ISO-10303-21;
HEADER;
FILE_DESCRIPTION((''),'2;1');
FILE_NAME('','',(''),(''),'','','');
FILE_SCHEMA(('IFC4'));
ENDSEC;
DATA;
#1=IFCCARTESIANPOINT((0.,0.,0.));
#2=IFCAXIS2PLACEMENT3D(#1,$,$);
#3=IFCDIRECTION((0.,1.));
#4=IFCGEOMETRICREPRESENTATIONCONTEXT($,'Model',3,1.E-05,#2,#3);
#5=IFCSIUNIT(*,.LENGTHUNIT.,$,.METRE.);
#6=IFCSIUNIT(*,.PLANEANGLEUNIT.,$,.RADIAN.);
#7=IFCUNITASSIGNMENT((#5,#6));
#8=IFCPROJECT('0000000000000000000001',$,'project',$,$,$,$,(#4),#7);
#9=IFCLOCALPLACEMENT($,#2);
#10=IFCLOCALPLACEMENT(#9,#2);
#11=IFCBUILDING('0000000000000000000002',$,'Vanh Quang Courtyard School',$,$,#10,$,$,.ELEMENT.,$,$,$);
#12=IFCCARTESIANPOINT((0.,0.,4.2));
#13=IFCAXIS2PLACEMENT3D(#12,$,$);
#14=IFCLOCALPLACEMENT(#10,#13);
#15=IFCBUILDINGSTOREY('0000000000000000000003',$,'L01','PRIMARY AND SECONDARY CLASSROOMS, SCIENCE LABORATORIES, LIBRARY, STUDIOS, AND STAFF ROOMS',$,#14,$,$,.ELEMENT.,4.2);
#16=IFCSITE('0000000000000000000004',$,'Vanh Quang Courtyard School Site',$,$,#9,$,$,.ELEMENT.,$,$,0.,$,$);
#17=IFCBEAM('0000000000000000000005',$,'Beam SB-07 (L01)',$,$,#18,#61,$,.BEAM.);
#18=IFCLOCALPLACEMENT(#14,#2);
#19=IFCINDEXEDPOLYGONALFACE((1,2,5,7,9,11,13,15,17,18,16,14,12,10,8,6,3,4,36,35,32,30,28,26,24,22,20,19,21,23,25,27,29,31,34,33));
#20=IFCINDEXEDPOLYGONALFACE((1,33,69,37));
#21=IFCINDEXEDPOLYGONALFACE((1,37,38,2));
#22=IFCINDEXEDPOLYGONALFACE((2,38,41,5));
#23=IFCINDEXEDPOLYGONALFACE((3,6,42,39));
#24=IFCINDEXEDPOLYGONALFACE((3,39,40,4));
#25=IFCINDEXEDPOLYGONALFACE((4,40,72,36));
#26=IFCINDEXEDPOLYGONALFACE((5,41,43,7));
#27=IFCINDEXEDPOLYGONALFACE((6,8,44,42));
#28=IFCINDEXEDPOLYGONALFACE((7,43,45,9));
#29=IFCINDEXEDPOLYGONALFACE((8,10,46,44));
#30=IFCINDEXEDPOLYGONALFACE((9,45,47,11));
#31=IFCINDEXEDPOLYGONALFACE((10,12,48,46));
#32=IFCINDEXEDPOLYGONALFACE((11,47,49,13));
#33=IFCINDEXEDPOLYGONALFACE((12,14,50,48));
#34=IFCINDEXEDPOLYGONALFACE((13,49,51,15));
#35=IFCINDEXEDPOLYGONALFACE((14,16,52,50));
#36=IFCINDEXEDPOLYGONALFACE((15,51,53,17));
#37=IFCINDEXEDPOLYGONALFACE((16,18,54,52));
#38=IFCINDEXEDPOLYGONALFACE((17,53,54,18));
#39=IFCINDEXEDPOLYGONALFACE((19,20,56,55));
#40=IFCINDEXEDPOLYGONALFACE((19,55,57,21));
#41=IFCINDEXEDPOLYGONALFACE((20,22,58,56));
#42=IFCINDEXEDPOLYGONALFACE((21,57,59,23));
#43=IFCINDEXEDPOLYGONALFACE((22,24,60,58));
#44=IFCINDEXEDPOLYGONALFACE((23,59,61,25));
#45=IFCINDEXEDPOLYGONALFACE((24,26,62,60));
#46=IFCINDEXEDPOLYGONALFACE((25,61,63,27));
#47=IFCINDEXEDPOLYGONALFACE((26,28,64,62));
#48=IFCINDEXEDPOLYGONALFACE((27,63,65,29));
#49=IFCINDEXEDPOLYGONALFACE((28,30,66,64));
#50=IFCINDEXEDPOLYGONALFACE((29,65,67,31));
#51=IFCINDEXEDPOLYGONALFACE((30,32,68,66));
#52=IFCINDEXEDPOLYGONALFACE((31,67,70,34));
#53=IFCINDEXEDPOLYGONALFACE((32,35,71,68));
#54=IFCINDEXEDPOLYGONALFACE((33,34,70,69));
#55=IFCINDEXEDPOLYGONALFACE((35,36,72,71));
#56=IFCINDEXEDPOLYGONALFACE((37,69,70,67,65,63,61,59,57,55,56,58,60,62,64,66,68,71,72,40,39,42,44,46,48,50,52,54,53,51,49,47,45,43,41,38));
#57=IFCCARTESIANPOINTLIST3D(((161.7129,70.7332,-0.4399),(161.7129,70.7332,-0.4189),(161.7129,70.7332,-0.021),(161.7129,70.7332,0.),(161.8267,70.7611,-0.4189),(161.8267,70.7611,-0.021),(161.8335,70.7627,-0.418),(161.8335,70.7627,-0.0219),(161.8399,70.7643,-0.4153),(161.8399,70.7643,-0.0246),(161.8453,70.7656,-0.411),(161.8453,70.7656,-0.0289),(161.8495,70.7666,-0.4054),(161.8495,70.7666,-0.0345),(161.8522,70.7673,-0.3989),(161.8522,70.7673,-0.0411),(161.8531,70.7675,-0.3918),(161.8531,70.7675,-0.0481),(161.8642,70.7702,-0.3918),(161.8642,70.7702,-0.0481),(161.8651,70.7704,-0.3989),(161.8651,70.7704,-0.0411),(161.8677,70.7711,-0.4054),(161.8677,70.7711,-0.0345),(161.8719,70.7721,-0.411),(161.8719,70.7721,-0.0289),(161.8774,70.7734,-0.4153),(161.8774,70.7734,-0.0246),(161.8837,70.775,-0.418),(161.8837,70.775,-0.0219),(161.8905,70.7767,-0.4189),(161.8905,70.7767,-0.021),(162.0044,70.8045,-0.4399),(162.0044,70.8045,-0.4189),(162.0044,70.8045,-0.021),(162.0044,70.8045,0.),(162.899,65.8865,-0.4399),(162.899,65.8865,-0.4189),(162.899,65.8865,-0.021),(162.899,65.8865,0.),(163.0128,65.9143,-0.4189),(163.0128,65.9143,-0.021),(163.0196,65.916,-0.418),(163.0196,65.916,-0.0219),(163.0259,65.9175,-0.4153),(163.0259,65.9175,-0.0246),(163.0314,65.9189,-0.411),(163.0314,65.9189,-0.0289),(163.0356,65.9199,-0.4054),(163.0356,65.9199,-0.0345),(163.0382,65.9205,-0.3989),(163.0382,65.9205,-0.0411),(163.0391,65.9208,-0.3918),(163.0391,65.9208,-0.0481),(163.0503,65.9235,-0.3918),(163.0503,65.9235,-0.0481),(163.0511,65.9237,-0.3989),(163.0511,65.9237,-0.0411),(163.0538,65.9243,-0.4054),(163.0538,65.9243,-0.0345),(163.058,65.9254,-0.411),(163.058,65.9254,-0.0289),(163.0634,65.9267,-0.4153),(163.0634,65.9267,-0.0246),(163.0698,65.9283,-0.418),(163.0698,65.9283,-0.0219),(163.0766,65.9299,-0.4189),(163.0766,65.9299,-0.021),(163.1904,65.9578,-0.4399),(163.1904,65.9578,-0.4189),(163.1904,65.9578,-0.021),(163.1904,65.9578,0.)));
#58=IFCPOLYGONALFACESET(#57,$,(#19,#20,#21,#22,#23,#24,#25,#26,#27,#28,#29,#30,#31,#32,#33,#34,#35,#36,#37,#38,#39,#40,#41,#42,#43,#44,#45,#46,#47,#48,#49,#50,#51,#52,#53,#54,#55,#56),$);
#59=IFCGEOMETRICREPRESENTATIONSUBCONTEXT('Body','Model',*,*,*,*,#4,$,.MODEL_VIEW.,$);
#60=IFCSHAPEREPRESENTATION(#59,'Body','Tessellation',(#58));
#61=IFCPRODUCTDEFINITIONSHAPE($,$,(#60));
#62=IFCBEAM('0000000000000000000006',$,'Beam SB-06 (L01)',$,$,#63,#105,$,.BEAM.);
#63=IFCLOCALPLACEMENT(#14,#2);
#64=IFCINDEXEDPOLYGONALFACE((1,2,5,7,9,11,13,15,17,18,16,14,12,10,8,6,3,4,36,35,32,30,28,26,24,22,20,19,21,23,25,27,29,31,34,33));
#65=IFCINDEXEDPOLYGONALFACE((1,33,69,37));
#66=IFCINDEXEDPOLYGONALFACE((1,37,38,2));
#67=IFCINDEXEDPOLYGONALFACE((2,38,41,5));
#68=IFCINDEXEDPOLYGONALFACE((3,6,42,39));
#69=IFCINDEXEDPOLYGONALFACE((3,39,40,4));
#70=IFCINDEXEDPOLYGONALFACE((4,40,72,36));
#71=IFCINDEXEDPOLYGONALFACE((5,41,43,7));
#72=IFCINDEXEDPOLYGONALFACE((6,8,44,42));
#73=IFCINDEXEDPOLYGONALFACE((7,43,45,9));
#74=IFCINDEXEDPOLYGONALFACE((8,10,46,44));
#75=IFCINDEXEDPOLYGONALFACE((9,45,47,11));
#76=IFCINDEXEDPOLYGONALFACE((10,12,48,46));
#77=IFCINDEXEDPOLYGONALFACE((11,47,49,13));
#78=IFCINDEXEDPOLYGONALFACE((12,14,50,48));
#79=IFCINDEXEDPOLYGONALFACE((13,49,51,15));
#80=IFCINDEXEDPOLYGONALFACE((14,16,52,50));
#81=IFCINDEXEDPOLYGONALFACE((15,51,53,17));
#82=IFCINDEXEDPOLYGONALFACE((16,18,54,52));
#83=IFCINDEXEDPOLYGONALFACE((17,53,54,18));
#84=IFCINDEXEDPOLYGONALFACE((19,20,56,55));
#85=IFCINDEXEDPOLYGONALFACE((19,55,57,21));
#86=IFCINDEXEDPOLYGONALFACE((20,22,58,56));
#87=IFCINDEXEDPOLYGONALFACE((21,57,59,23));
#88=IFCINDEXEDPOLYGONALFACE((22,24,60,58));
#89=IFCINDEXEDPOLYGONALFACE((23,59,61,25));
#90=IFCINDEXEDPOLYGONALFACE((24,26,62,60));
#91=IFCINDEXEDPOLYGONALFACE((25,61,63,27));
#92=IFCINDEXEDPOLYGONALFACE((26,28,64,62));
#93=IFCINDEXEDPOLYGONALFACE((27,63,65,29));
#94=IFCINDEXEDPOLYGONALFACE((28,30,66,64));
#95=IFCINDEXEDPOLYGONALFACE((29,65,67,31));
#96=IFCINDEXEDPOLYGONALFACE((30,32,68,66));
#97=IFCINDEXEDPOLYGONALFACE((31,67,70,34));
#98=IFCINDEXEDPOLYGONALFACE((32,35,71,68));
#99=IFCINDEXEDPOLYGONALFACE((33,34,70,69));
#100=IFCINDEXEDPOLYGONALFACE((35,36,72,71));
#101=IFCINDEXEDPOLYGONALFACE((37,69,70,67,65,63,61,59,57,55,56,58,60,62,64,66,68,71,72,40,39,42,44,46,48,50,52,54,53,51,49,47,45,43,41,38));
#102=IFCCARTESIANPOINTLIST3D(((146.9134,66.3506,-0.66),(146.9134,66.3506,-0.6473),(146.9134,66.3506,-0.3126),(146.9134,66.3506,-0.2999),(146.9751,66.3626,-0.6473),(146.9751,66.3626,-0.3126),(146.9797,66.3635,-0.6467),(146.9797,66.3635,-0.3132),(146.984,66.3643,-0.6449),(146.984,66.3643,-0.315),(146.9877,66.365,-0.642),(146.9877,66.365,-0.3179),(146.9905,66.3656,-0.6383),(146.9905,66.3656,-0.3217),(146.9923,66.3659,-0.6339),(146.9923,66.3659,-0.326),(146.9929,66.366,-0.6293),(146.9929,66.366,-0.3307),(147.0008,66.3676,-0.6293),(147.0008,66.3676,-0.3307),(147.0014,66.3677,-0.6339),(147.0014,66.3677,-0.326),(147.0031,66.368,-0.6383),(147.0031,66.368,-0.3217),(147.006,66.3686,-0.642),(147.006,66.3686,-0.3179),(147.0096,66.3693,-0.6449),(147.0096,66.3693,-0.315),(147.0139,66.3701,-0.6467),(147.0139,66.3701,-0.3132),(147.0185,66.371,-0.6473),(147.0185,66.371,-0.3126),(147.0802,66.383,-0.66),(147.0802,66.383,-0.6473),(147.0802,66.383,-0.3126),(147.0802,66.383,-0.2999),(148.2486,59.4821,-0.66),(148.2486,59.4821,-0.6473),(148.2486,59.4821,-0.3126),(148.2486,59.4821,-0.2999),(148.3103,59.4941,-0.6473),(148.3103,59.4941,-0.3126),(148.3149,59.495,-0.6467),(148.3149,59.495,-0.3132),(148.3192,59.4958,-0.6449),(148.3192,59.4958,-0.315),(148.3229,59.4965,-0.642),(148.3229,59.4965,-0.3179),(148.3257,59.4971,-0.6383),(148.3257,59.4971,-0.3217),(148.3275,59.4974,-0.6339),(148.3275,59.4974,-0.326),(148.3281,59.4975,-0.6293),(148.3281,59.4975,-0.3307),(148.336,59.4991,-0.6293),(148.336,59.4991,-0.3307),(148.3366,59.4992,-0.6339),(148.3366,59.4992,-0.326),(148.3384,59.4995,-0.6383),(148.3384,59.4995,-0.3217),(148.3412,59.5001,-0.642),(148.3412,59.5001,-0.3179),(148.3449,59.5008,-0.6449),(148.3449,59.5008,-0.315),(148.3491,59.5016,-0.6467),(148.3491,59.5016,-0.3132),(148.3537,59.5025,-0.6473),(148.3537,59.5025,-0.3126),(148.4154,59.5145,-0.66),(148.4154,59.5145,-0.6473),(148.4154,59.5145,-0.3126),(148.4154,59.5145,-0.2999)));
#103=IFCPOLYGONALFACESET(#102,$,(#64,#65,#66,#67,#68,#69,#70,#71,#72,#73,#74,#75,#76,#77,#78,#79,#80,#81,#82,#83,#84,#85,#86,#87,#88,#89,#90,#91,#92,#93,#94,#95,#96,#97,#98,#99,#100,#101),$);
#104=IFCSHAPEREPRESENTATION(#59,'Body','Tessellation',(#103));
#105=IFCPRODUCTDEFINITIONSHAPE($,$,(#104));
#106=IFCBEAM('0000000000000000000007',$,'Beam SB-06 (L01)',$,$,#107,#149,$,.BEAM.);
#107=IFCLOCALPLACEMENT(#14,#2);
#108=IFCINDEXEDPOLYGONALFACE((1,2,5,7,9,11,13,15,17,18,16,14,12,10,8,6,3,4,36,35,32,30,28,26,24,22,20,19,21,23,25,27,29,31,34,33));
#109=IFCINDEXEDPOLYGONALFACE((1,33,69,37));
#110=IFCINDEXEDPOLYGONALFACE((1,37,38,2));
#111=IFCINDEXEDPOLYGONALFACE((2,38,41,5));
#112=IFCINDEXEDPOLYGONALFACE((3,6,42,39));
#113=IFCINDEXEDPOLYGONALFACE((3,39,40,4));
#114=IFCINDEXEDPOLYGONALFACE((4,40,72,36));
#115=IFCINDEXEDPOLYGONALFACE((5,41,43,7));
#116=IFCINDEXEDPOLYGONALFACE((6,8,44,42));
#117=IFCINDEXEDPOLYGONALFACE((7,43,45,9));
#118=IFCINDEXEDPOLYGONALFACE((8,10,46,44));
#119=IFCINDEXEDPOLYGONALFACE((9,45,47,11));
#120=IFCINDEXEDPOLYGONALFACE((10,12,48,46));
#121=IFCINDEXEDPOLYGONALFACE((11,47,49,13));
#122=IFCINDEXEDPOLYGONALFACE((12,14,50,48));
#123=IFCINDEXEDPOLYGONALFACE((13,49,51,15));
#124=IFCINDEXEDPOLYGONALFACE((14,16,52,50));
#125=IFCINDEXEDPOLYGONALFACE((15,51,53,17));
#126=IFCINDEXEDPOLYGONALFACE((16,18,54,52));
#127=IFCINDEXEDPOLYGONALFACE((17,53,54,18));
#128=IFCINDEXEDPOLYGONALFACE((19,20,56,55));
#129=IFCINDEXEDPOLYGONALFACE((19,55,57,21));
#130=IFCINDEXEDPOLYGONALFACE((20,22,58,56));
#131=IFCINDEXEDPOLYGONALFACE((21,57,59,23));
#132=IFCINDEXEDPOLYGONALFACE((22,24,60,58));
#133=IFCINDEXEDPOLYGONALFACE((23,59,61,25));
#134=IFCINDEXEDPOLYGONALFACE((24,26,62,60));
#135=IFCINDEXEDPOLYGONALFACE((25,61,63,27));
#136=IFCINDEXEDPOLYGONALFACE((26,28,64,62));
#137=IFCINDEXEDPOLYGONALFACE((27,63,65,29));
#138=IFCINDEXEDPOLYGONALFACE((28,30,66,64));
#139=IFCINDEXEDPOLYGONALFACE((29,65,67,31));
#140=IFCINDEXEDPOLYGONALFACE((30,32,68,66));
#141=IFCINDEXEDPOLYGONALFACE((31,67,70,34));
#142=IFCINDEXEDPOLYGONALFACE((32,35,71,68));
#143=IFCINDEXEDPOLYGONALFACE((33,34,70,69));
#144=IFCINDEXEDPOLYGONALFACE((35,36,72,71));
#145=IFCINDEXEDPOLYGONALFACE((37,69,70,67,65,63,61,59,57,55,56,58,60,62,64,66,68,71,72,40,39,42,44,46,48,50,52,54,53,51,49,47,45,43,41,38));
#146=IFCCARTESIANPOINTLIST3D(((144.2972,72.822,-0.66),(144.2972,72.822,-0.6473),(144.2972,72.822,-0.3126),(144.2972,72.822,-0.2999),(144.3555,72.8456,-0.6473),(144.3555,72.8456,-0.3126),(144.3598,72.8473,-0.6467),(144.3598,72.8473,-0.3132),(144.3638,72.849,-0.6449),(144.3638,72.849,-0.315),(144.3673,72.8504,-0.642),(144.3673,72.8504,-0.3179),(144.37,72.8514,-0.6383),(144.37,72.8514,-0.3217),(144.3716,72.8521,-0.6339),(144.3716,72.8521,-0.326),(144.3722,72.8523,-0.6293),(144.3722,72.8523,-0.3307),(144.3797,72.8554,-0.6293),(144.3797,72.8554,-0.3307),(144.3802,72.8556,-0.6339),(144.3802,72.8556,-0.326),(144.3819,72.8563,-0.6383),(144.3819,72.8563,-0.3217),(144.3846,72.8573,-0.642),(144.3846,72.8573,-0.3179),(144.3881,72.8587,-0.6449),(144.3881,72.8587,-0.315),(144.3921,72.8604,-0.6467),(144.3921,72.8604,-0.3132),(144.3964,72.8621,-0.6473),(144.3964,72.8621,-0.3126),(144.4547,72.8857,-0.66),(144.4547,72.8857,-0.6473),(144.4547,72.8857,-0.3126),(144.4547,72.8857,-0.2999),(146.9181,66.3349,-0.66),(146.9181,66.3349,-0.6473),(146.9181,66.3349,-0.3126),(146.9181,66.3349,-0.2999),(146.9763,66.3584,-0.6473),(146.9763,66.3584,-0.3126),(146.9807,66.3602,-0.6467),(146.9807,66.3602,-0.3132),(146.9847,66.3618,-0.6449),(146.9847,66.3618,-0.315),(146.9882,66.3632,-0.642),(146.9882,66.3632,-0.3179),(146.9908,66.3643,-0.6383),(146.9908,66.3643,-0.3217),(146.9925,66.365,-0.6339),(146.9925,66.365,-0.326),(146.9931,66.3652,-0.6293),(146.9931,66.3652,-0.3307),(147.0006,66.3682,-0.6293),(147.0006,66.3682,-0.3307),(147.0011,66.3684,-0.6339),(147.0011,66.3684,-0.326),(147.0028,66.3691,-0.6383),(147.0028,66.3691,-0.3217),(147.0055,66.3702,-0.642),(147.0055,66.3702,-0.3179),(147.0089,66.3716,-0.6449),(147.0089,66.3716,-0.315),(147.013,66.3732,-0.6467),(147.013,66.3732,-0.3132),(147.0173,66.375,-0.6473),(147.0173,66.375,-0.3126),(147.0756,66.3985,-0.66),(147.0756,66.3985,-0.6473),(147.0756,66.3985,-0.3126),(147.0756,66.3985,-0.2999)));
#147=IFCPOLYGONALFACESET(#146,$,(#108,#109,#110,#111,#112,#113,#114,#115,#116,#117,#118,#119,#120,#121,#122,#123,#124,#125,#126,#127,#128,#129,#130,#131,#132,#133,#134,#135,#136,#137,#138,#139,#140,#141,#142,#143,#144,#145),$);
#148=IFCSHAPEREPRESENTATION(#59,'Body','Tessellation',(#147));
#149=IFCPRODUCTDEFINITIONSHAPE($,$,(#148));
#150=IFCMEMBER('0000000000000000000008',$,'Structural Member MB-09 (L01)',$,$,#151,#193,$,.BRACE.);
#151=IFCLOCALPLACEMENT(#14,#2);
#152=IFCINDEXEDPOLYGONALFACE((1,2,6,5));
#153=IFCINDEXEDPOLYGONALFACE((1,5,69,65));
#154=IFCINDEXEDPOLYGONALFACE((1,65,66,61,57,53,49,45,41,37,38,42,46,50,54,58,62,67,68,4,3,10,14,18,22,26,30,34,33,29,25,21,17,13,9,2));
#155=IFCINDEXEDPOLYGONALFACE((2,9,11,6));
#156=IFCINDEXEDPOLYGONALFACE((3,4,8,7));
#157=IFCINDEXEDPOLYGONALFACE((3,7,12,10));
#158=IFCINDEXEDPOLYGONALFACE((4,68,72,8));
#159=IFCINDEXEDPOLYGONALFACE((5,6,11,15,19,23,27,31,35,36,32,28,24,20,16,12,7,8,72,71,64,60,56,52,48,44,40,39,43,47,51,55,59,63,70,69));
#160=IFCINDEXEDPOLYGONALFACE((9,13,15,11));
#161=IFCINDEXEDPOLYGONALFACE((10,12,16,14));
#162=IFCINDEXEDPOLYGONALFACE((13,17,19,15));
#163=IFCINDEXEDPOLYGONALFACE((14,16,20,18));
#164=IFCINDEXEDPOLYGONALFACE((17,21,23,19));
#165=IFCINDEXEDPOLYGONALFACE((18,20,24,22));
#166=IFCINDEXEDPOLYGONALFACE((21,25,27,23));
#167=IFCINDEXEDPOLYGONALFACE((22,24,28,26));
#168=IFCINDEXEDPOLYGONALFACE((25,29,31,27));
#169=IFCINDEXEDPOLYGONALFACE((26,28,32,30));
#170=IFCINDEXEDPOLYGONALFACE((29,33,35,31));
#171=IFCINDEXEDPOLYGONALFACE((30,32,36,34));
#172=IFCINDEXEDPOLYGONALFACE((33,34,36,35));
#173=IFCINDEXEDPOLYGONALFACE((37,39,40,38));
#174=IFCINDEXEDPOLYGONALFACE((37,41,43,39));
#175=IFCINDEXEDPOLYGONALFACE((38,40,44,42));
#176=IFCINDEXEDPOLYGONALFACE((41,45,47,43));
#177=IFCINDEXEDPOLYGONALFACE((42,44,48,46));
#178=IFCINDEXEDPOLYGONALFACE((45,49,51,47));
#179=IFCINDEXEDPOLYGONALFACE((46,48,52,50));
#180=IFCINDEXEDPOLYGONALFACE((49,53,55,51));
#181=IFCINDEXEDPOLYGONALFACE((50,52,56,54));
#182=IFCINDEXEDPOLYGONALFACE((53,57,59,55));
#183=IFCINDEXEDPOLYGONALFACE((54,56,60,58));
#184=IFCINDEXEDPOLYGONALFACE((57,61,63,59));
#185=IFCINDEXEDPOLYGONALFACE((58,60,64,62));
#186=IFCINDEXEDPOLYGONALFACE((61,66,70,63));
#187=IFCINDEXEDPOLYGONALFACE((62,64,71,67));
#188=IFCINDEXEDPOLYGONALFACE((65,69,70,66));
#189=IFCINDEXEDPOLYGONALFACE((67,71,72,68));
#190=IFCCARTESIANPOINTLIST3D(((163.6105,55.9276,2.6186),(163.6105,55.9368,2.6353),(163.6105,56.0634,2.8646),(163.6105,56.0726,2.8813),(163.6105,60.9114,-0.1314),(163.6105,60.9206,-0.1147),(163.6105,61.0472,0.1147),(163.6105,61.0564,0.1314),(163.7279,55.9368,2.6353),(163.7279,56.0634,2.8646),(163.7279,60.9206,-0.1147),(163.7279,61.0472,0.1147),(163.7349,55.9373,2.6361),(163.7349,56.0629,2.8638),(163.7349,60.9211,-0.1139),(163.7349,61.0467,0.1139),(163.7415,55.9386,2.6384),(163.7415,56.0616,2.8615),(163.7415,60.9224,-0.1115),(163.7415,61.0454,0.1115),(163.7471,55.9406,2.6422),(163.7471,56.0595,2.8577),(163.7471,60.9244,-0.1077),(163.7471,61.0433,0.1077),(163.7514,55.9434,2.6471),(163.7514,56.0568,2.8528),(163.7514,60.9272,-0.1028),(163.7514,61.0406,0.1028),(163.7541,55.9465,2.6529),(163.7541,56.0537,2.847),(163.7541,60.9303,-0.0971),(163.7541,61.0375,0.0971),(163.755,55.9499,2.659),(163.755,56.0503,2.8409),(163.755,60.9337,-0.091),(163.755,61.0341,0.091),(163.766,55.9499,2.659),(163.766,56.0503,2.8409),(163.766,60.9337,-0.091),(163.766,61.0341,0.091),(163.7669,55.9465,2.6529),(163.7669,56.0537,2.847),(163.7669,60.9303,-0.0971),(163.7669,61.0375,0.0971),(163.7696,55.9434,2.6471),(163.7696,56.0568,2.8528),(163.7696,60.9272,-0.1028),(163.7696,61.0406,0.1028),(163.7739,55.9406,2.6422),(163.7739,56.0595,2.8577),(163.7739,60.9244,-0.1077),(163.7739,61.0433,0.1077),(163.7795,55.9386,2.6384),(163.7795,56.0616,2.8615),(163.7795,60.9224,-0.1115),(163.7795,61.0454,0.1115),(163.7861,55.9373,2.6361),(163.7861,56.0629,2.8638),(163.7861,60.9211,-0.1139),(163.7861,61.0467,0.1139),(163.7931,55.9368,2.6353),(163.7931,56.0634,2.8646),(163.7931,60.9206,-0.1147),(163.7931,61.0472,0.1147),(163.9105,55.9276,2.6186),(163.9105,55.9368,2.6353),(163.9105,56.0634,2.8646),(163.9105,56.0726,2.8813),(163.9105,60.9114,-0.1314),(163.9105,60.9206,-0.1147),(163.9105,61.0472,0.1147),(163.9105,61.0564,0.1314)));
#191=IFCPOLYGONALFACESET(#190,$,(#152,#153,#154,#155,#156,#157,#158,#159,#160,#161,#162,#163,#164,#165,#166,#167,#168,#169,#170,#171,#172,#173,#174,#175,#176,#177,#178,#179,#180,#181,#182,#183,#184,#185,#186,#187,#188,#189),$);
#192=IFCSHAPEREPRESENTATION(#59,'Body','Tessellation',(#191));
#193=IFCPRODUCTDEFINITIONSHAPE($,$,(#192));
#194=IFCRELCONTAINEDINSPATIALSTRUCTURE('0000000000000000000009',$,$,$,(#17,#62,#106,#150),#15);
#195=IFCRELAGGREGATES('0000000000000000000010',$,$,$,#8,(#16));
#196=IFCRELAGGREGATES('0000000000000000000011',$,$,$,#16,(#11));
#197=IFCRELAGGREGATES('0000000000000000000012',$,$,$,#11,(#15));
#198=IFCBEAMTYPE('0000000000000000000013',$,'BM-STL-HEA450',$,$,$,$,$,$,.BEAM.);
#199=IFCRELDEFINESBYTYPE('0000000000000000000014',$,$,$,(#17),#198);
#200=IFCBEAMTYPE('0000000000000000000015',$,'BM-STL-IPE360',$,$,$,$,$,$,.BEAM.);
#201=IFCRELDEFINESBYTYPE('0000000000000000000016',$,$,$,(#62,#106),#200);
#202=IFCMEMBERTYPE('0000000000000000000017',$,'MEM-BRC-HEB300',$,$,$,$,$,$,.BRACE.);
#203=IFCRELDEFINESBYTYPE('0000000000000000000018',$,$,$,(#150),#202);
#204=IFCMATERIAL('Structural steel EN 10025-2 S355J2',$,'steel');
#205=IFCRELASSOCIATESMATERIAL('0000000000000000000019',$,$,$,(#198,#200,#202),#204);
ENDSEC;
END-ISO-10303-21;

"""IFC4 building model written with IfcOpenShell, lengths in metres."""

from ifc_helpers import new_model, si_unit, direction, frame, origin, origin_2d, place, context, subcontext, project, spatial, i_section, extrude, material, material_profile, profile_set, type_object, element, save


model = new_model("IFC4")

# Units and contexts
model_context = context("Model", 3, precision=1e-05, world=origin(), true_north=direction((0.0, 1.0)))
body_context = subcontext(model_context, "Body", "Model", "MODEL_VIEW")
ifc_project = project(units=[si_unit("LENGTHUNIT", "METRE"), si_unit("PLANEANGLEUNIT", "RADIAN")], contexts=[model_context])

# Site, building, storey
site_placement = place(None, origin())
site = spatial("IfcSite", under=ifc_project, at=site_placement, Name="Vanh Quang Courtyard School Site", CompositionType="ELEMENT", RefElevation=0.0)
building_placement = place(site_placement, origin())
building = spatial("IfcBuilding", under=site, at=building_placement, Name="Vanh Quang Courtyard School", CompositionType="ELEMENT")
storey_placement = place(building_placement, frame((0.0, 0.0, 4.2)))
storey = spatial("IfcBuildingStorey", under=building, at=storey_placement, Name="L01", Description="PRIMARY AND SECONDARY CLASSROOMS, SCIENCE LABORATORIES, LIBRARY, STUDIOS, AND STAFF ROOMS", CompositionType="ELEMENT", Elevation=4.2)

# Shared definitions
ifc_material_1 = material(Name="Structural steel EN 10025-2 S355J2", Category="steel")

# Beams
ifc_material_profile_1 = material_profile(ifc_material_1, i_section(OverallWidth=0.3, OverallDepth=0.4399, WebThickness=0.0115, FlangeThickness=0.021, FilletRadius=0.0271, at=origin_2d()), Name="HEA 450")
ifc_profile_set_1 = profile_set([ifc_material_profile_1], Name="Structural steel EN 10025-2 S355J2")
beam_type_1 = type_object("IfcBeamType", Name="BM-STL-HEA450", PredefinedType="BEAM", material=ifc_profile_set_1)
for number, where, z_axis, x_axis, name in (
    (1, (163.0447, 65.9221, -0.22), (-0.237697, 0.971339, 0.0), (-0.971339, -0.237697, 0.0), "Beam SB-07 (L01)"),
):
    element("IfcBeam", number, at=place(storey_placement, frame(where, z_axis=z_axis, x_axis=x_axis)), inside=storey, type_object=beam_type_1, Name=name, PredefinedType="BEAM", context=body_context, shape_type="SweptSolid", body=[
        extrude(i_section(OverallWidth=0.3, OverallDepth=0.4399, WebThickness=0.0115, FlangeThickness=0.021, FilletRadius=0.0271, at=origin_2d()), origin(), (0.0, 0.0, 1.0), 4.9897),
    ])
ifc_material_profile_2 = material_profile(ifc_material_1, i_section(OverallWidth=0.1699, OverallDepth=0.3601, WebThickness=0.0081, FlangeThickness=0.0127, FilletRadius=0.0181, at=origin_2d()), Name="IPE 360")
ifc_profile_set_2 = profile_set([ifc_material_profile_2], Name="Structural steel EN 10025-2 S355J2")
beam_type_2 = type_object("IfcBeamType", Name="BM-STL-IPE360", PredefinedType="BEAM", material=ifc_profile_set_2)
beam_1_placement = place(storey_placement, frame((148.332, 59.4983, -0.48), z_axis=(-0.190826, 0.981624, 0.0), x_axis=(-0.981624, -0.190826, 0.0)))
element("IfcBeam", 2, at=beam_1_placement, inside=storey, type_object=beam_type_2, Name="Beam SB-06 (L01)", PredefinedType="BEAM", context=body_context, shape_type="SweptSolid", body=[
    extrude(i_section(OverallWidth=0.1699, OverallDepth=0.3601, WebThickness=0.0081, FlangeThickness=0.0127, FilletRadius=0.0181, at=origin_2d()), origin(), (0.0, 0.0, 1.0), 6.9971),
])
beam_2_placement = place(storey_placement, frame((146.9968, 66.3667, -0.48), z_axis=(-0.374595, 0.927188, 0.0), x_axis=(-0.927188, -0.374595, 0.0)))
element("IfcBeam", 3, at=beam_2_placement, inside=storey, type_object=beam_type_2, Name="Beam SB-06 (L01)", PredefinedType="BEAM", context=body_context, shape_type="SweptSolid", body=[
    extrude(i_section(OverallWidth=0.1699, OverallDepth=0.3601, WebThickness=0.0081, FlangeThickness=0.0127, FilletRadius=0.0181, at=origin_2d()), origin(), (0.0, 0.0, 1.0), 6.9966),
])

# Member
ifc_material_profile_3 = material_profile(ifc_material_1, i_section(OverallWidth=0.3, OverallDepth=0.3, WebThickness=0.011, FlangeThickness=0.019, FilletRadius=0.0271, at=origin_2d()), Name="HEB 300")
ifc_profile_set_3 = profile_set([ifc_material_profile_3], Name="Structural steel EN 10025-2 S355J2")
member_type = type_object("IfcMemberType", Name="MEM-BRC-HEB300", PredefinedType="BRACE", material=ifc_profile_set_3)
member_placement = place(storey_placement, frame((163.7605, 60.9839, 0.0), z_axis=(0.0, -0.875558, 0.483114), x_axis=(1.0, 0.0, 0.0)))
element("IfcMember", 4, at=member_placement, inside=storey, type_object=member_type, Name="Structural Member MB-09 (L01)", PredefinedType="BRACE", context=body_context, shape_type="SweptSolid", body=[
    extrude(i_section(OverallWidth=0.3, OverallDepth=0.3, WebThickness=0.011, FlangeThickness=0.019, FilletRadius=0.0271, at=origin_2d()), origin(), (0.0, 0.0, 1.0), 5.6921),
])

save(model, "model.ifc")
